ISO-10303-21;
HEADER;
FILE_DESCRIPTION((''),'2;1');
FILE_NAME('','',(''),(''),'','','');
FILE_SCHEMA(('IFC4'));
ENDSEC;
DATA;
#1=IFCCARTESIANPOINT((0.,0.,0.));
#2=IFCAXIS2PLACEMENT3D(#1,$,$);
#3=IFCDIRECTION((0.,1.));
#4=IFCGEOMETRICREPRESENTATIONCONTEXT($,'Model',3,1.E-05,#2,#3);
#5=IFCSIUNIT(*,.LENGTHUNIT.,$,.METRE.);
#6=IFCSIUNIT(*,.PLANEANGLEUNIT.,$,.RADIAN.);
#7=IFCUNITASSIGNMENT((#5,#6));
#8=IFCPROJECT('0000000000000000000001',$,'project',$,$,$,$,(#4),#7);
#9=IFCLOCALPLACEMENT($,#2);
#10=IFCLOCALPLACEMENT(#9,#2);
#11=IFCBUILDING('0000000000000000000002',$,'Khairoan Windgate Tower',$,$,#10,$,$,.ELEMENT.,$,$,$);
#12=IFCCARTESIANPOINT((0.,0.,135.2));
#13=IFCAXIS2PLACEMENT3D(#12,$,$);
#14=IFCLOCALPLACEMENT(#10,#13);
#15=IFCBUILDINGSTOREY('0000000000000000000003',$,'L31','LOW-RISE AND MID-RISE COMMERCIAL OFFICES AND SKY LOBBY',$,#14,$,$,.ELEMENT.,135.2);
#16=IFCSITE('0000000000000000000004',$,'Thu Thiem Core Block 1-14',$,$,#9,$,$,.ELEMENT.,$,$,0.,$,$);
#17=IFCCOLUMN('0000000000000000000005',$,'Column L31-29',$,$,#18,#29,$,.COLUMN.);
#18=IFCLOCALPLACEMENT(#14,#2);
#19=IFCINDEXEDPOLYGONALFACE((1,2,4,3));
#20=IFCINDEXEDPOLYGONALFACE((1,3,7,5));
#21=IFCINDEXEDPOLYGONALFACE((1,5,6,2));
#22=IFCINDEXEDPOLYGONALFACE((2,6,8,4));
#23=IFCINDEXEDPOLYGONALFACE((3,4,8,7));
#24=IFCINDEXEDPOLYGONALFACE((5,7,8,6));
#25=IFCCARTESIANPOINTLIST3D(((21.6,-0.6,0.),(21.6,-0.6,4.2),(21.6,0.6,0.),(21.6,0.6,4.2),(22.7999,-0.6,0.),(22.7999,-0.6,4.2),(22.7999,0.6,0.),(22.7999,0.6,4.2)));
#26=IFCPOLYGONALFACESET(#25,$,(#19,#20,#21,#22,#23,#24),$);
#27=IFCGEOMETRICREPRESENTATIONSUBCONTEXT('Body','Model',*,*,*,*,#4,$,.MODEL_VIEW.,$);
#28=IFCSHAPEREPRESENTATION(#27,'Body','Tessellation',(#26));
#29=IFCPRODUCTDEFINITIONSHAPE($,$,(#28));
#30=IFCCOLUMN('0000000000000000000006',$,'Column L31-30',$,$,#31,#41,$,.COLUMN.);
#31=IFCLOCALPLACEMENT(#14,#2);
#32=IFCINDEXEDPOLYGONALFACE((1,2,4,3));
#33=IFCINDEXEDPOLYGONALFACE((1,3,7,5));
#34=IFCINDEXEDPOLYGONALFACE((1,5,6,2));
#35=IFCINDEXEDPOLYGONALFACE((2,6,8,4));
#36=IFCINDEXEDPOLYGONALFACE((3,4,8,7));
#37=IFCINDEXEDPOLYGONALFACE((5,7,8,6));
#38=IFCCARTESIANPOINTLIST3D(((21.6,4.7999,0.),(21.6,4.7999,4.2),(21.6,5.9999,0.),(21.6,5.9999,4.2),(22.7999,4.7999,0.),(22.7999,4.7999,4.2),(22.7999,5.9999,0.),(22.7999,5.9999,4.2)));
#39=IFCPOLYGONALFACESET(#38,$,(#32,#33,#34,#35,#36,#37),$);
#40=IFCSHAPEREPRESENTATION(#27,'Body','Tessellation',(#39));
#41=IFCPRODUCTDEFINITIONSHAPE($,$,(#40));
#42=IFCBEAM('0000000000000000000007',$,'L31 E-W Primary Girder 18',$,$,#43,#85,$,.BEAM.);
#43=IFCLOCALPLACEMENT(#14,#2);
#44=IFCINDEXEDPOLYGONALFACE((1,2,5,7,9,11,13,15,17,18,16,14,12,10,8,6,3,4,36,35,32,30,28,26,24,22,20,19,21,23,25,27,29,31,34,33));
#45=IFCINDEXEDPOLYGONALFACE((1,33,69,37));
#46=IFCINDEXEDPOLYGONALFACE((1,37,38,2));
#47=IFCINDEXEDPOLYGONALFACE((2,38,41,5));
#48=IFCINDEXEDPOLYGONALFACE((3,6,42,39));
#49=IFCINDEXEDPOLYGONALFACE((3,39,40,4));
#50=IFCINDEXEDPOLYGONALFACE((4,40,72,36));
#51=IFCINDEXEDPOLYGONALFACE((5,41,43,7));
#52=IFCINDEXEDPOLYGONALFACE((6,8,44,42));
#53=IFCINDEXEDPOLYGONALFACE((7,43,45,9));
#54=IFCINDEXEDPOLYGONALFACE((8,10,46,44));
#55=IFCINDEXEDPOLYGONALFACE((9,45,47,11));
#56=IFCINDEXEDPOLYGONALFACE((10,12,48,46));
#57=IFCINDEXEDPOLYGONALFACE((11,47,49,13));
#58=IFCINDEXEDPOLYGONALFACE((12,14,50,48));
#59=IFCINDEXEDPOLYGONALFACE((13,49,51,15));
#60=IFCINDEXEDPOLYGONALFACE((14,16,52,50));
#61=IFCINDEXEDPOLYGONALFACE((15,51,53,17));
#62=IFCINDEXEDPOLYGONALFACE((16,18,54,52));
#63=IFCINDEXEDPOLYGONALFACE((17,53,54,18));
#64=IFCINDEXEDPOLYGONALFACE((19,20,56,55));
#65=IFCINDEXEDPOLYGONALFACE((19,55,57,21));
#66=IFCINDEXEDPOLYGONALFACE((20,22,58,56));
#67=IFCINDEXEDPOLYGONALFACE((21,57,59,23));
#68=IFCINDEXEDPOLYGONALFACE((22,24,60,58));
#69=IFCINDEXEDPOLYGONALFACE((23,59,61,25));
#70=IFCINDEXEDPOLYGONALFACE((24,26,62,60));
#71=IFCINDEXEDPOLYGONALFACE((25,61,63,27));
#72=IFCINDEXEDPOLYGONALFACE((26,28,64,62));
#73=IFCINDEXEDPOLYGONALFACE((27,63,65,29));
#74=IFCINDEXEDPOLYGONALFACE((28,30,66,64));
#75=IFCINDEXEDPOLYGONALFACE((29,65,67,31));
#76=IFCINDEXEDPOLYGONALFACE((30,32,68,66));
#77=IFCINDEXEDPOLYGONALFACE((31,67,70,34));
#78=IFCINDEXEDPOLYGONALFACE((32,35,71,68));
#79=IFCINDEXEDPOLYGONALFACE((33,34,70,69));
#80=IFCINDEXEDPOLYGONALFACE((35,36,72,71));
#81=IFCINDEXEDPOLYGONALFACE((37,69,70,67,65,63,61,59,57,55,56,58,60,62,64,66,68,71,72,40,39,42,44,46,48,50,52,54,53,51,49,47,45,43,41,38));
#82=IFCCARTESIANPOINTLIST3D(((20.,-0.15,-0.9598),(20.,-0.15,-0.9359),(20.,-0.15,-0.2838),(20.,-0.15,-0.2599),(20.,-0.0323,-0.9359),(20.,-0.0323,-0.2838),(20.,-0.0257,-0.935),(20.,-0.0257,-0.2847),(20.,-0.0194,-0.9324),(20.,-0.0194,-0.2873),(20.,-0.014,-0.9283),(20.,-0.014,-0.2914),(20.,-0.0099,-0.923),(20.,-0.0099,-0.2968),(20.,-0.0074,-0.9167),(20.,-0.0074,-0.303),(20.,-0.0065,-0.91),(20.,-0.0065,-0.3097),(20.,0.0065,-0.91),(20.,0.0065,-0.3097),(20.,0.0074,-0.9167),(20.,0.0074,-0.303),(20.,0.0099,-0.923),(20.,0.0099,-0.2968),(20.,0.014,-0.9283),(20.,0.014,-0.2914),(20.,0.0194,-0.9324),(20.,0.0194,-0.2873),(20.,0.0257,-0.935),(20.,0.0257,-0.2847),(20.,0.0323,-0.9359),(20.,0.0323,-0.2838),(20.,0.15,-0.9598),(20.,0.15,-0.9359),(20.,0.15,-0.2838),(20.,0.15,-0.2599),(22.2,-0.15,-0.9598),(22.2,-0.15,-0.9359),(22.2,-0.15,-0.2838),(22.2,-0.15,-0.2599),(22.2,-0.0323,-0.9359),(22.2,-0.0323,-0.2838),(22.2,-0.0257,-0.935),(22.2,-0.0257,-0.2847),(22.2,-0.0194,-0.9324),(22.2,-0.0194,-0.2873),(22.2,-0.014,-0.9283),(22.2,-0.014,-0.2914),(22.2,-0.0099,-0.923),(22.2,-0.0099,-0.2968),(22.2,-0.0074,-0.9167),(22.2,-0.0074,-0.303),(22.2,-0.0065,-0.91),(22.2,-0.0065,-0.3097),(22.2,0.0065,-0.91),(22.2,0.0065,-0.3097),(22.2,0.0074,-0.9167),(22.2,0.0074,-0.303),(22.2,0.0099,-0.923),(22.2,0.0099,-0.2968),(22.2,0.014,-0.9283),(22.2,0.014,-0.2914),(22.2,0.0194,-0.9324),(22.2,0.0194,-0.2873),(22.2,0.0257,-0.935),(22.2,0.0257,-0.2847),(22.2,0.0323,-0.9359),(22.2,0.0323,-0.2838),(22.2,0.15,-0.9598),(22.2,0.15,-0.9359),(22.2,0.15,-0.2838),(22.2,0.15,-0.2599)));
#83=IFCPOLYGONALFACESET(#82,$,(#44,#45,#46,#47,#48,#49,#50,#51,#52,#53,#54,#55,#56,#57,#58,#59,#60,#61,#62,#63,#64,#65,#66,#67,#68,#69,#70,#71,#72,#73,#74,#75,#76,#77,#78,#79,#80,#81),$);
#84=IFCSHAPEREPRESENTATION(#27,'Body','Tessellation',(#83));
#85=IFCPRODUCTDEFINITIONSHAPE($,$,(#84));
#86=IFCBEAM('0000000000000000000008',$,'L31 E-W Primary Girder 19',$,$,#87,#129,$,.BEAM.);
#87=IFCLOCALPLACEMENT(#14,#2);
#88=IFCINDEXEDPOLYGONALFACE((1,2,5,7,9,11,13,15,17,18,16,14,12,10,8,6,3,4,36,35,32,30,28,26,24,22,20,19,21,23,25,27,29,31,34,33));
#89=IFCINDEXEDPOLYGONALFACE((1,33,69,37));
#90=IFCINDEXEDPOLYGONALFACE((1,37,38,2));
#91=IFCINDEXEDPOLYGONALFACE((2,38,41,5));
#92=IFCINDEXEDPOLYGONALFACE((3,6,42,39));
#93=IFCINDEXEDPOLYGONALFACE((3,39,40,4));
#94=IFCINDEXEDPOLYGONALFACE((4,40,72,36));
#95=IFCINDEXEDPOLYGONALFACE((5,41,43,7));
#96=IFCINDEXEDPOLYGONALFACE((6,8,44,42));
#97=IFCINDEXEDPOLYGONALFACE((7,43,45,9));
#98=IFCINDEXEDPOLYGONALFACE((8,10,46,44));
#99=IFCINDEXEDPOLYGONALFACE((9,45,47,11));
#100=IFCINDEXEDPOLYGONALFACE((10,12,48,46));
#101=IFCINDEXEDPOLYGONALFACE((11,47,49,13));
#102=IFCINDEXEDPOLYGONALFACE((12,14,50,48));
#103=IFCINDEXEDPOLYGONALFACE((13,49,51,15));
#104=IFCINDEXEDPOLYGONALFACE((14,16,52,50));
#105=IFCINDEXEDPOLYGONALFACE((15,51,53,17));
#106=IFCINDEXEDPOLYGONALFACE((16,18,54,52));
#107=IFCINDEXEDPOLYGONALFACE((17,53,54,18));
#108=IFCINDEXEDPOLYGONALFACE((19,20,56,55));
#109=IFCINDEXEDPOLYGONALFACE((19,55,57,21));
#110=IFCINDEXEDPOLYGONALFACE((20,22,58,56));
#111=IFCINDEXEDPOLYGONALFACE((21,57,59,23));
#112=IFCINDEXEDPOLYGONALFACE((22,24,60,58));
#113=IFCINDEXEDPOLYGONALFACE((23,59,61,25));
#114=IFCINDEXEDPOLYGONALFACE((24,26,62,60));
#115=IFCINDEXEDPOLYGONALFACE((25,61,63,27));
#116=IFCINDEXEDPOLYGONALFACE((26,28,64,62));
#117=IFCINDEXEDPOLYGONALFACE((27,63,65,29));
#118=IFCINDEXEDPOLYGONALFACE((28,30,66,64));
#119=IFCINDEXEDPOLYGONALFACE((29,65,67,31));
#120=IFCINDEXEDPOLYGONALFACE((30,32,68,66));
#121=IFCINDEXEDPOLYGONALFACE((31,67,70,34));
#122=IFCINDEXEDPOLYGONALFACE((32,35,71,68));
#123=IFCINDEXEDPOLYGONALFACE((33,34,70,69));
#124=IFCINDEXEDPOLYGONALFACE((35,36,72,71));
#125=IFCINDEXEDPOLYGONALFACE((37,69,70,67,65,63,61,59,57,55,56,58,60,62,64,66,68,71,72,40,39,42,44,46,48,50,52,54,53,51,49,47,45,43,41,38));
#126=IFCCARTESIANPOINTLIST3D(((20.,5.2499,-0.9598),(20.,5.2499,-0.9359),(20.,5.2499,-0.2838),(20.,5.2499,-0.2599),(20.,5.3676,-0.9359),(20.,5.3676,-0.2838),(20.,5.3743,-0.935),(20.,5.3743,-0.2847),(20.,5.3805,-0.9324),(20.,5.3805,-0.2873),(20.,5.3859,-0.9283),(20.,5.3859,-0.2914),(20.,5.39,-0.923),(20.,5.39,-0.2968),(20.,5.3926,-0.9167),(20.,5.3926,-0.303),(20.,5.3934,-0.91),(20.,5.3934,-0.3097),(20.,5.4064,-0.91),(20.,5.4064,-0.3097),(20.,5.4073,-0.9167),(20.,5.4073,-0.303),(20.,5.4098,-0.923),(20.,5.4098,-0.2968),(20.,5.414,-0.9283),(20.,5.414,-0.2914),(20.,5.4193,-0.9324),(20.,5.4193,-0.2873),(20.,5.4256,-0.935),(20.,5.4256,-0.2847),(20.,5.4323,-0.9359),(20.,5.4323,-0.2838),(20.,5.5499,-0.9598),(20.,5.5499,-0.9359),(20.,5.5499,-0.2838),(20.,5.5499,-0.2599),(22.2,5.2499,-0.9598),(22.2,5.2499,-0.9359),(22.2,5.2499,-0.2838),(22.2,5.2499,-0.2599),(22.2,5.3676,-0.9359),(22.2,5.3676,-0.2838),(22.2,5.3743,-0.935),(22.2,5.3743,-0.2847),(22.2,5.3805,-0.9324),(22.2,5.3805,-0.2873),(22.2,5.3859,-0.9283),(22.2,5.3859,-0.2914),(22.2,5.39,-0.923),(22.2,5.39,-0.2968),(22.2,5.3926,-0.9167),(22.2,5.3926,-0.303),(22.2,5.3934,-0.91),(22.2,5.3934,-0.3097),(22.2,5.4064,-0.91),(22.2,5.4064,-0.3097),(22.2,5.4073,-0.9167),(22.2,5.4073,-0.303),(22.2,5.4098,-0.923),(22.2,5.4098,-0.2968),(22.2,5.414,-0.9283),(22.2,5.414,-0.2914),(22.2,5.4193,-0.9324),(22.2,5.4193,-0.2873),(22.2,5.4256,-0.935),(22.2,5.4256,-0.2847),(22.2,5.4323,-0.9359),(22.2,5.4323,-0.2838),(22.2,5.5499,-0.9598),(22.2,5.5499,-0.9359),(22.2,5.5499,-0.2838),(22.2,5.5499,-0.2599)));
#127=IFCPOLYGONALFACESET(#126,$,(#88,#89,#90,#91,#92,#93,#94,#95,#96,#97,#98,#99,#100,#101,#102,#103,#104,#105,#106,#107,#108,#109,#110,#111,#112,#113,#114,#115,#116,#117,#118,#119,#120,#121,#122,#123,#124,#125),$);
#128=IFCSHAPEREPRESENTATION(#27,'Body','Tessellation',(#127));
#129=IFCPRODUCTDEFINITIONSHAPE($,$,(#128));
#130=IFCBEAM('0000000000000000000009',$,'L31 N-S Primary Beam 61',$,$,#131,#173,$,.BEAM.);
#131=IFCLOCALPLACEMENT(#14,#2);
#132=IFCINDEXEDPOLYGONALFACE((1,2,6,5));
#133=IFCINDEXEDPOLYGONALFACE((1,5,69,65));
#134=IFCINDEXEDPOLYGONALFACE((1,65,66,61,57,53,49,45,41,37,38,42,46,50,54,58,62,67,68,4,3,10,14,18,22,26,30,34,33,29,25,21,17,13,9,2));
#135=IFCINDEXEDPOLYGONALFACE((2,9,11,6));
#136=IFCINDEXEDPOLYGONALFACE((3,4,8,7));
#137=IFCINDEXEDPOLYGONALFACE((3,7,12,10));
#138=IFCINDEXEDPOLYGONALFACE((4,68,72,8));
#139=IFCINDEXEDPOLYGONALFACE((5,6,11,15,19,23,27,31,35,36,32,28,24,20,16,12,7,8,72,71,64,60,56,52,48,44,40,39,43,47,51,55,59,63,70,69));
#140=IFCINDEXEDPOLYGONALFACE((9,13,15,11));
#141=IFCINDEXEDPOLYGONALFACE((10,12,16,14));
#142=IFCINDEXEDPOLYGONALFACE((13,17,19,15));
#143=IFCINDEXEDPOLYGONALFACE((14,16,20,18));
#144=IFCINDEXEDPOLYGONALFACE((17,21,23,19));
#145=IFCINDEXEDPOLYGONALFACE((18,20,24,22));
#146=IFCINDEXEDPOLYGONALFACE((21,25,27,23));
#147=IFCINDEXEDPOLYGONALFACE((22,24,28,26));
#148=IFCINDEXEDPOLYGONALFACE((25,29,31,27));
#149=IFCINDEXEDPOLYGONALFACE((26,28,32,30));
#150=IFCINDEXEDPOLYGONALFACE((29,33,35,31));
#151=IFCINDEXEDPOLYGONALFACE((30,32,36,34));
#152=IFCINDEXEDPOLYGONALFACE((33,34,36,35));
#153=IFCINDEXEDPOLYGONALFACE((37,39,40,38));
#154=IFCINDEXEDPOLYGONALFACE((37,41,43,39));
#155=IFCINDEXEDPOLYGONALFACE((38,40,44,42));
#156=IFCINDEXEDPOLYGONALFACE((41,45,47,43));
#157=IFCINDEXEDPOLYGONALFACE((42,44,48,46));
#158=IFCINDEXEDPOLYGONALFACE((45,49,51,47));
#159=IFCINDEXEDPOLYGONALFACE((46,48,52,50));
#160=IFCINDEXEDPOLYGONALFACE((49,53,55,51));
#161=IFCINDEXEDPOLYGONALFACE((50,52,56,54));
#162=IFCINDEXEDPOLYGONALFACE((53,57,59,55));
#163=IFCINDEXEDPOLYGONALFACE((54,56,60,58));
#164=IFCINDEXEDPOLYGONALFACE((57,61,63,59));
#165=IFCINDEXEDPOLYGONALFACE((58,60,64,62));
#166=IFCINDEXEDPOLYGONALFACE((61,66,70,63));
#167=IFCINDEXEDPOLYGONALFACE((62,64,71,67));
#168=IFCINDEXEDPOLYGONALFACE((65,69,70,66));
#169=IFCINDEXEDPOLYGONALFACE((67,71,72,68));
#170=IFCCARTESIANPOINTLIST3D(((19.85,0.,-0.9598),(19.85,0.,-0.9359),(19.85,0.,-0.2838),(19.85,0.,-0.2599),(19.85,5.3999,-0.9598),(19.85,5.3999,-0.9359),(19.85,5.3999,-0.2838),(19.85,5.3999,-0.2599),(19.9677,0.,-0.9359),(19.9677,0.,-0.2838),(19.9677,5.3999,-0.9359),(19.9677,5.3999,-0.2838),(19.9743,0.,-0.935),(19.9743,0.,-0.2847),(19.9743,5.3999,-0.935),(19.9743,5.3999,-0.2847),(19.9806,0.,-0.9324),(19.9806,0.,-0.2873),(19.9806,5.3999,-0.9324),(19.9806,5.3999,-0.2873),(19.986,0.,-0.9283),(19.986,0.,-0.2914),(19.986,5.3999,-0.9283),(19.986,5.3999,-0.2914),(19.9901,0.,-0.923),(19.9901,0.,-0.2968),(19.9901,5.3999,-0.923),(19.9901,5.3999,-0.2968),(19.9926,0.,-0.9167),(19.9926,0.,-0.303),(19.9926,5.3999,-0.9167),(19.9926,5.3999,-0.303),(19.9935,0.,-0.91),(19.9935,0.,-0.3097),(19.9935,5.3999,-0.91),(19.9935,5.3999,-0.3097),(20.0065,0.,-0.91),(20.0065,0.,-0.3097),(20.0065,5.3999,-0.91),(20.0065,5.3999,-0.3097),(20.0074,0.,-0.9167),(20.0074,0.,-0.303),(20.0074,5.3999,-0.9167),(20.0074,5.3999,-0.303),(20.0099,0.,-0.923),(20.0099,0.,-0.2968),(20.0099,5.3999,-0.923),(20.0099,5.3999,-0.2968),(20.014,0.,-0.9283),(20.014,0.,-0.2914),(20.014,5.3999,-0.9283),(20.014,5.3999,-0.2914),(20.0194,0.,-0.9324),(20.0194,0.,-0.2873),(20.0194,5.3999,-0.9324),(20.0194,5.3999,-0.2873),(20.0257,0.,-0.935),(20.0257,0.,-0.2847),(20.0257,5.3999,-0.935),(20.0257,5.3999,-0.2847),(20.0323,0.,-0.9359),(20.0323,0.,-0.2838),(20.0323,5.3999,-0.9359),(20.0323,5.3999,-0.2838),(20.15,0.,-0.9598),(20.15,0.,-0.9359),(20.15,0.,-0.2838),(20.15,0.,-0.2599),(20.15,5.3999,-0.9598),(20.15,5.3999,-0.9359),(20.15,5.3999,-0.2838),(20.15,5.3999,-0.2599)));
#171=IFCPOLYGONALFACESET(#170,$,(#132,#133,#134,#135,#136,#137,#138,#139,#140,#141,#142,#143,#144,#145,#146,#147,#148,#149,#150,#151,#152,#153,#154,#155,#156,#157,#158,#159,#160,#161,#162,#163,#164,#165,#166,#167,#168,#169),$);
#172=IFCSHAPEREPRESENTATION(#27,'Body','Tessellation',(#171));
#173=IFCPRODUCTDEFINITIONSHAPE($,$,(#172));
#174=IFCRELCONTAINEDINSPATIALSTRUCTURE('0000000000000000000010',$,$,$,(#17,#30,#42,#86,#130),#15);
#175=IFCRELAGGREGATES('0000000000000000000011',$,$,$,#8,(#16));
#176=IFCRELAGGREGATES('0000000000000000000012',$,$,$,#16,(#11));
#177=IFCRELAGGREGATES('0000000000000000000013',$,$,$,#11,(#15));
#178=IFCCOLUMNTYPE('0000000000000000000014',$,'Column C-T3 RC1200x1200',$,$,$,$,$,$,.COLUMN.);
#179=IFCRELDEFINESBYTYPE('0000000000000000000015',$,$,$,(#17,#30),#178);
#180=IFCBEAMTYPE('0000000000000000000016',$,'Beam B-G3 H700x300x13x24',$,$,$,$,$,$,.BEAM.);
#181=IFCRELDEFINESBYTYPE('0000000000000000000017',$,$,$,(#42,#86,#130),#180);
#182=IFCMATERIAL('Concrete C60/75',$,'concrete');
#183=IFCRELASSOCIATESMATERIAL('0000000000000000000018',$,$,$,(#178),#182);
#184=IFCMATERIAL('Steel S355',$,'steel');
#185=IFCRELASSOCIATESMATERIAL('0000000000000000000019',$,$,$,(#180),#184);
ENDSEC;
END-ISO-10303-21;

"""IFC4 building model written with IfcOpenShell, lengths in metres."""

from ifc_helpers import new_model, si_unit, direction, frame, origin, origin_2d, place, context, subcontext, project, spatial, rectangle, i_section, extrude, material, material_profile, profile_set, type_object, element, save


model = new_model("IFC4")

# Units and contexts
model_context = context("Model", 3, precision=1e-05, world=origin(), true_north=direction((0.0, 1.0)))
body_context = subcontext(model_context, "Body", "Model", "MODEL_VIEW")
ifc_project = project(units=[si_unit("LENGTHUNIT", "METRE"), si_unit("PLANEANGLEUNIT", "RADIAN")], contexts=[model_context])

# Site, building, storey
site_placement = place(None, origin())
site = spatial("IfcSite", under=ifc_project, at=site_placement, Name="Thu Thiem Core Block 1-14", CompositionType="ELEMENT", RefElevation=0.0)
building_placement = place(site_placement, origin())
building = spatial("IfcBuilding", under=site, at=building_placement, Name="Khairoan Windgate Tower", CompositionType="ELEMENT")
storey_placement = place(building_placement, frame((0.0, 0.0, 135.2)))
storey = spatial("IfcBuildingStorey", under=building, at=storey_placement, Name="L31", Description="LOW-RISE AND MID-RISE COMMERCIAL OFFICES AND SKY LOBBY", CompositionType="ELEMENT", Elevation=135.2)

# Columns
ifc_material_1 = material(Name="Concrete C60/75", Category="concrete")
ifc_material_profile_1 = material_profile(ifc_material_1, rectangle(XDim=1.2, YDim=1.2, at=origin_2d()))
ifc_profile_set_1 = profile_set([ifc_material_profile_1], Name="Concrete C60/75")
column_type = type_object("IfcColumnType", Name="Column C-T3 RC1200x1200", PredefinedType="COLUMN", material=ifc_profile_set_1)
for number, where, z_axis, x_axis, name in (
    (1, (22.2, 0.0, 0.0), (0.0, 0.0, 1.0), (1.0, 0.0, 0.0), "Column L31-29"),
    (2, (22.2, 5.3999, 0.0), (0.0, 0.0, 1.0), (1.0, 0.0, 0.0), "Column L31-30"),
):
    element("IfcColumn", number, at=place(storey_placement, frame(where, z_axis=z_axis, x_axis=x_axis)), inside=storey, type_object=column_type, Name=name, PredefinedType="COLUMN", context=body_context, shape_type="SweptSolid", body=[
        extrude(rectangle(XDim=1.2, YDim=1.2, at=origin_2d()), origin(), (0.0, 0.0, 1.0), 4.2),
    ])

# Beams
ifc_material_2 = material(Name="Steel S355", Category="steel")
ifc_material_profile_2 = material_profile(ifc_material_2, i_section(OverallWidth=0.3, OverallDepth=0.7, WebThickness=0.0129, FlangeThickness=0.0239, FilletRadius=0.0259, at=origin_2d()))
ifc_profile_set_2 = profile_set([ifc_material_profile_2], Name="Steel S355")
beam_type_1 = type_object("IfcBeamType", Name="Beam B-G3 H700x300x13x24", PredefinedType="BEAM", material=ifc_profile_set_2)
for number, where, z_axis, x_axis, name in (
    (3, (20.0, 0.0, -0.6099), (1.0, 0.0, 0.0), (0.0, 1.0, 0.0), "L31 E-W Primary Girder 18"),
    (4, (20.0, 5.3999, -0.6099), (1.0, 0.0, 0.0), (0.0, 1.0, 0.0), "L31 E-W Primary Girder 19"),
):
    element("IfcBeam", number, at=place(storey_placement, frame(where, z_axis=z_axis, x_axis=x_axis)), inside=storey, type_object=beam_type_1, Name=name, PredefinedType="BEAM", context=body_context, shape_type="SweptSolid", body=[
        extrude(i_section(OverallWidth=0.3, OverallDepth=0.7, WebThickness=0.0129, FlangeThickness=0.0239, FilletRadius=0.0259, at=origin_2d()), origin(), (0.0, 0.0, 1.0), 2.2),
    ])
beam_1_placement = place(storey_placement, frame((20.0, 0.0, -0.6099), z_axis=(0.0, 1.0, 0.0), x_axis=(-1.0, 0.0, 0.0)))
element("IfcBeam", 5, at=beam_1_placement, inside=storey, type_object=beam_type_1, Name="L31 N-S Primary Beam 61", PredefinedType="BEAM", context=body_context, shape_type="SweptSolid", body=[
    extrude(i_section(OverallWidth=0.3, OverallDepth=0.7, WebThickness=0.0129, FlangeThickness=0.0239, FilletRadius=0.0259, at=origin_2d()), origin(), (0.0, 0.0, 1.0), 5.3999),
])

save(model, "model.ifc")
